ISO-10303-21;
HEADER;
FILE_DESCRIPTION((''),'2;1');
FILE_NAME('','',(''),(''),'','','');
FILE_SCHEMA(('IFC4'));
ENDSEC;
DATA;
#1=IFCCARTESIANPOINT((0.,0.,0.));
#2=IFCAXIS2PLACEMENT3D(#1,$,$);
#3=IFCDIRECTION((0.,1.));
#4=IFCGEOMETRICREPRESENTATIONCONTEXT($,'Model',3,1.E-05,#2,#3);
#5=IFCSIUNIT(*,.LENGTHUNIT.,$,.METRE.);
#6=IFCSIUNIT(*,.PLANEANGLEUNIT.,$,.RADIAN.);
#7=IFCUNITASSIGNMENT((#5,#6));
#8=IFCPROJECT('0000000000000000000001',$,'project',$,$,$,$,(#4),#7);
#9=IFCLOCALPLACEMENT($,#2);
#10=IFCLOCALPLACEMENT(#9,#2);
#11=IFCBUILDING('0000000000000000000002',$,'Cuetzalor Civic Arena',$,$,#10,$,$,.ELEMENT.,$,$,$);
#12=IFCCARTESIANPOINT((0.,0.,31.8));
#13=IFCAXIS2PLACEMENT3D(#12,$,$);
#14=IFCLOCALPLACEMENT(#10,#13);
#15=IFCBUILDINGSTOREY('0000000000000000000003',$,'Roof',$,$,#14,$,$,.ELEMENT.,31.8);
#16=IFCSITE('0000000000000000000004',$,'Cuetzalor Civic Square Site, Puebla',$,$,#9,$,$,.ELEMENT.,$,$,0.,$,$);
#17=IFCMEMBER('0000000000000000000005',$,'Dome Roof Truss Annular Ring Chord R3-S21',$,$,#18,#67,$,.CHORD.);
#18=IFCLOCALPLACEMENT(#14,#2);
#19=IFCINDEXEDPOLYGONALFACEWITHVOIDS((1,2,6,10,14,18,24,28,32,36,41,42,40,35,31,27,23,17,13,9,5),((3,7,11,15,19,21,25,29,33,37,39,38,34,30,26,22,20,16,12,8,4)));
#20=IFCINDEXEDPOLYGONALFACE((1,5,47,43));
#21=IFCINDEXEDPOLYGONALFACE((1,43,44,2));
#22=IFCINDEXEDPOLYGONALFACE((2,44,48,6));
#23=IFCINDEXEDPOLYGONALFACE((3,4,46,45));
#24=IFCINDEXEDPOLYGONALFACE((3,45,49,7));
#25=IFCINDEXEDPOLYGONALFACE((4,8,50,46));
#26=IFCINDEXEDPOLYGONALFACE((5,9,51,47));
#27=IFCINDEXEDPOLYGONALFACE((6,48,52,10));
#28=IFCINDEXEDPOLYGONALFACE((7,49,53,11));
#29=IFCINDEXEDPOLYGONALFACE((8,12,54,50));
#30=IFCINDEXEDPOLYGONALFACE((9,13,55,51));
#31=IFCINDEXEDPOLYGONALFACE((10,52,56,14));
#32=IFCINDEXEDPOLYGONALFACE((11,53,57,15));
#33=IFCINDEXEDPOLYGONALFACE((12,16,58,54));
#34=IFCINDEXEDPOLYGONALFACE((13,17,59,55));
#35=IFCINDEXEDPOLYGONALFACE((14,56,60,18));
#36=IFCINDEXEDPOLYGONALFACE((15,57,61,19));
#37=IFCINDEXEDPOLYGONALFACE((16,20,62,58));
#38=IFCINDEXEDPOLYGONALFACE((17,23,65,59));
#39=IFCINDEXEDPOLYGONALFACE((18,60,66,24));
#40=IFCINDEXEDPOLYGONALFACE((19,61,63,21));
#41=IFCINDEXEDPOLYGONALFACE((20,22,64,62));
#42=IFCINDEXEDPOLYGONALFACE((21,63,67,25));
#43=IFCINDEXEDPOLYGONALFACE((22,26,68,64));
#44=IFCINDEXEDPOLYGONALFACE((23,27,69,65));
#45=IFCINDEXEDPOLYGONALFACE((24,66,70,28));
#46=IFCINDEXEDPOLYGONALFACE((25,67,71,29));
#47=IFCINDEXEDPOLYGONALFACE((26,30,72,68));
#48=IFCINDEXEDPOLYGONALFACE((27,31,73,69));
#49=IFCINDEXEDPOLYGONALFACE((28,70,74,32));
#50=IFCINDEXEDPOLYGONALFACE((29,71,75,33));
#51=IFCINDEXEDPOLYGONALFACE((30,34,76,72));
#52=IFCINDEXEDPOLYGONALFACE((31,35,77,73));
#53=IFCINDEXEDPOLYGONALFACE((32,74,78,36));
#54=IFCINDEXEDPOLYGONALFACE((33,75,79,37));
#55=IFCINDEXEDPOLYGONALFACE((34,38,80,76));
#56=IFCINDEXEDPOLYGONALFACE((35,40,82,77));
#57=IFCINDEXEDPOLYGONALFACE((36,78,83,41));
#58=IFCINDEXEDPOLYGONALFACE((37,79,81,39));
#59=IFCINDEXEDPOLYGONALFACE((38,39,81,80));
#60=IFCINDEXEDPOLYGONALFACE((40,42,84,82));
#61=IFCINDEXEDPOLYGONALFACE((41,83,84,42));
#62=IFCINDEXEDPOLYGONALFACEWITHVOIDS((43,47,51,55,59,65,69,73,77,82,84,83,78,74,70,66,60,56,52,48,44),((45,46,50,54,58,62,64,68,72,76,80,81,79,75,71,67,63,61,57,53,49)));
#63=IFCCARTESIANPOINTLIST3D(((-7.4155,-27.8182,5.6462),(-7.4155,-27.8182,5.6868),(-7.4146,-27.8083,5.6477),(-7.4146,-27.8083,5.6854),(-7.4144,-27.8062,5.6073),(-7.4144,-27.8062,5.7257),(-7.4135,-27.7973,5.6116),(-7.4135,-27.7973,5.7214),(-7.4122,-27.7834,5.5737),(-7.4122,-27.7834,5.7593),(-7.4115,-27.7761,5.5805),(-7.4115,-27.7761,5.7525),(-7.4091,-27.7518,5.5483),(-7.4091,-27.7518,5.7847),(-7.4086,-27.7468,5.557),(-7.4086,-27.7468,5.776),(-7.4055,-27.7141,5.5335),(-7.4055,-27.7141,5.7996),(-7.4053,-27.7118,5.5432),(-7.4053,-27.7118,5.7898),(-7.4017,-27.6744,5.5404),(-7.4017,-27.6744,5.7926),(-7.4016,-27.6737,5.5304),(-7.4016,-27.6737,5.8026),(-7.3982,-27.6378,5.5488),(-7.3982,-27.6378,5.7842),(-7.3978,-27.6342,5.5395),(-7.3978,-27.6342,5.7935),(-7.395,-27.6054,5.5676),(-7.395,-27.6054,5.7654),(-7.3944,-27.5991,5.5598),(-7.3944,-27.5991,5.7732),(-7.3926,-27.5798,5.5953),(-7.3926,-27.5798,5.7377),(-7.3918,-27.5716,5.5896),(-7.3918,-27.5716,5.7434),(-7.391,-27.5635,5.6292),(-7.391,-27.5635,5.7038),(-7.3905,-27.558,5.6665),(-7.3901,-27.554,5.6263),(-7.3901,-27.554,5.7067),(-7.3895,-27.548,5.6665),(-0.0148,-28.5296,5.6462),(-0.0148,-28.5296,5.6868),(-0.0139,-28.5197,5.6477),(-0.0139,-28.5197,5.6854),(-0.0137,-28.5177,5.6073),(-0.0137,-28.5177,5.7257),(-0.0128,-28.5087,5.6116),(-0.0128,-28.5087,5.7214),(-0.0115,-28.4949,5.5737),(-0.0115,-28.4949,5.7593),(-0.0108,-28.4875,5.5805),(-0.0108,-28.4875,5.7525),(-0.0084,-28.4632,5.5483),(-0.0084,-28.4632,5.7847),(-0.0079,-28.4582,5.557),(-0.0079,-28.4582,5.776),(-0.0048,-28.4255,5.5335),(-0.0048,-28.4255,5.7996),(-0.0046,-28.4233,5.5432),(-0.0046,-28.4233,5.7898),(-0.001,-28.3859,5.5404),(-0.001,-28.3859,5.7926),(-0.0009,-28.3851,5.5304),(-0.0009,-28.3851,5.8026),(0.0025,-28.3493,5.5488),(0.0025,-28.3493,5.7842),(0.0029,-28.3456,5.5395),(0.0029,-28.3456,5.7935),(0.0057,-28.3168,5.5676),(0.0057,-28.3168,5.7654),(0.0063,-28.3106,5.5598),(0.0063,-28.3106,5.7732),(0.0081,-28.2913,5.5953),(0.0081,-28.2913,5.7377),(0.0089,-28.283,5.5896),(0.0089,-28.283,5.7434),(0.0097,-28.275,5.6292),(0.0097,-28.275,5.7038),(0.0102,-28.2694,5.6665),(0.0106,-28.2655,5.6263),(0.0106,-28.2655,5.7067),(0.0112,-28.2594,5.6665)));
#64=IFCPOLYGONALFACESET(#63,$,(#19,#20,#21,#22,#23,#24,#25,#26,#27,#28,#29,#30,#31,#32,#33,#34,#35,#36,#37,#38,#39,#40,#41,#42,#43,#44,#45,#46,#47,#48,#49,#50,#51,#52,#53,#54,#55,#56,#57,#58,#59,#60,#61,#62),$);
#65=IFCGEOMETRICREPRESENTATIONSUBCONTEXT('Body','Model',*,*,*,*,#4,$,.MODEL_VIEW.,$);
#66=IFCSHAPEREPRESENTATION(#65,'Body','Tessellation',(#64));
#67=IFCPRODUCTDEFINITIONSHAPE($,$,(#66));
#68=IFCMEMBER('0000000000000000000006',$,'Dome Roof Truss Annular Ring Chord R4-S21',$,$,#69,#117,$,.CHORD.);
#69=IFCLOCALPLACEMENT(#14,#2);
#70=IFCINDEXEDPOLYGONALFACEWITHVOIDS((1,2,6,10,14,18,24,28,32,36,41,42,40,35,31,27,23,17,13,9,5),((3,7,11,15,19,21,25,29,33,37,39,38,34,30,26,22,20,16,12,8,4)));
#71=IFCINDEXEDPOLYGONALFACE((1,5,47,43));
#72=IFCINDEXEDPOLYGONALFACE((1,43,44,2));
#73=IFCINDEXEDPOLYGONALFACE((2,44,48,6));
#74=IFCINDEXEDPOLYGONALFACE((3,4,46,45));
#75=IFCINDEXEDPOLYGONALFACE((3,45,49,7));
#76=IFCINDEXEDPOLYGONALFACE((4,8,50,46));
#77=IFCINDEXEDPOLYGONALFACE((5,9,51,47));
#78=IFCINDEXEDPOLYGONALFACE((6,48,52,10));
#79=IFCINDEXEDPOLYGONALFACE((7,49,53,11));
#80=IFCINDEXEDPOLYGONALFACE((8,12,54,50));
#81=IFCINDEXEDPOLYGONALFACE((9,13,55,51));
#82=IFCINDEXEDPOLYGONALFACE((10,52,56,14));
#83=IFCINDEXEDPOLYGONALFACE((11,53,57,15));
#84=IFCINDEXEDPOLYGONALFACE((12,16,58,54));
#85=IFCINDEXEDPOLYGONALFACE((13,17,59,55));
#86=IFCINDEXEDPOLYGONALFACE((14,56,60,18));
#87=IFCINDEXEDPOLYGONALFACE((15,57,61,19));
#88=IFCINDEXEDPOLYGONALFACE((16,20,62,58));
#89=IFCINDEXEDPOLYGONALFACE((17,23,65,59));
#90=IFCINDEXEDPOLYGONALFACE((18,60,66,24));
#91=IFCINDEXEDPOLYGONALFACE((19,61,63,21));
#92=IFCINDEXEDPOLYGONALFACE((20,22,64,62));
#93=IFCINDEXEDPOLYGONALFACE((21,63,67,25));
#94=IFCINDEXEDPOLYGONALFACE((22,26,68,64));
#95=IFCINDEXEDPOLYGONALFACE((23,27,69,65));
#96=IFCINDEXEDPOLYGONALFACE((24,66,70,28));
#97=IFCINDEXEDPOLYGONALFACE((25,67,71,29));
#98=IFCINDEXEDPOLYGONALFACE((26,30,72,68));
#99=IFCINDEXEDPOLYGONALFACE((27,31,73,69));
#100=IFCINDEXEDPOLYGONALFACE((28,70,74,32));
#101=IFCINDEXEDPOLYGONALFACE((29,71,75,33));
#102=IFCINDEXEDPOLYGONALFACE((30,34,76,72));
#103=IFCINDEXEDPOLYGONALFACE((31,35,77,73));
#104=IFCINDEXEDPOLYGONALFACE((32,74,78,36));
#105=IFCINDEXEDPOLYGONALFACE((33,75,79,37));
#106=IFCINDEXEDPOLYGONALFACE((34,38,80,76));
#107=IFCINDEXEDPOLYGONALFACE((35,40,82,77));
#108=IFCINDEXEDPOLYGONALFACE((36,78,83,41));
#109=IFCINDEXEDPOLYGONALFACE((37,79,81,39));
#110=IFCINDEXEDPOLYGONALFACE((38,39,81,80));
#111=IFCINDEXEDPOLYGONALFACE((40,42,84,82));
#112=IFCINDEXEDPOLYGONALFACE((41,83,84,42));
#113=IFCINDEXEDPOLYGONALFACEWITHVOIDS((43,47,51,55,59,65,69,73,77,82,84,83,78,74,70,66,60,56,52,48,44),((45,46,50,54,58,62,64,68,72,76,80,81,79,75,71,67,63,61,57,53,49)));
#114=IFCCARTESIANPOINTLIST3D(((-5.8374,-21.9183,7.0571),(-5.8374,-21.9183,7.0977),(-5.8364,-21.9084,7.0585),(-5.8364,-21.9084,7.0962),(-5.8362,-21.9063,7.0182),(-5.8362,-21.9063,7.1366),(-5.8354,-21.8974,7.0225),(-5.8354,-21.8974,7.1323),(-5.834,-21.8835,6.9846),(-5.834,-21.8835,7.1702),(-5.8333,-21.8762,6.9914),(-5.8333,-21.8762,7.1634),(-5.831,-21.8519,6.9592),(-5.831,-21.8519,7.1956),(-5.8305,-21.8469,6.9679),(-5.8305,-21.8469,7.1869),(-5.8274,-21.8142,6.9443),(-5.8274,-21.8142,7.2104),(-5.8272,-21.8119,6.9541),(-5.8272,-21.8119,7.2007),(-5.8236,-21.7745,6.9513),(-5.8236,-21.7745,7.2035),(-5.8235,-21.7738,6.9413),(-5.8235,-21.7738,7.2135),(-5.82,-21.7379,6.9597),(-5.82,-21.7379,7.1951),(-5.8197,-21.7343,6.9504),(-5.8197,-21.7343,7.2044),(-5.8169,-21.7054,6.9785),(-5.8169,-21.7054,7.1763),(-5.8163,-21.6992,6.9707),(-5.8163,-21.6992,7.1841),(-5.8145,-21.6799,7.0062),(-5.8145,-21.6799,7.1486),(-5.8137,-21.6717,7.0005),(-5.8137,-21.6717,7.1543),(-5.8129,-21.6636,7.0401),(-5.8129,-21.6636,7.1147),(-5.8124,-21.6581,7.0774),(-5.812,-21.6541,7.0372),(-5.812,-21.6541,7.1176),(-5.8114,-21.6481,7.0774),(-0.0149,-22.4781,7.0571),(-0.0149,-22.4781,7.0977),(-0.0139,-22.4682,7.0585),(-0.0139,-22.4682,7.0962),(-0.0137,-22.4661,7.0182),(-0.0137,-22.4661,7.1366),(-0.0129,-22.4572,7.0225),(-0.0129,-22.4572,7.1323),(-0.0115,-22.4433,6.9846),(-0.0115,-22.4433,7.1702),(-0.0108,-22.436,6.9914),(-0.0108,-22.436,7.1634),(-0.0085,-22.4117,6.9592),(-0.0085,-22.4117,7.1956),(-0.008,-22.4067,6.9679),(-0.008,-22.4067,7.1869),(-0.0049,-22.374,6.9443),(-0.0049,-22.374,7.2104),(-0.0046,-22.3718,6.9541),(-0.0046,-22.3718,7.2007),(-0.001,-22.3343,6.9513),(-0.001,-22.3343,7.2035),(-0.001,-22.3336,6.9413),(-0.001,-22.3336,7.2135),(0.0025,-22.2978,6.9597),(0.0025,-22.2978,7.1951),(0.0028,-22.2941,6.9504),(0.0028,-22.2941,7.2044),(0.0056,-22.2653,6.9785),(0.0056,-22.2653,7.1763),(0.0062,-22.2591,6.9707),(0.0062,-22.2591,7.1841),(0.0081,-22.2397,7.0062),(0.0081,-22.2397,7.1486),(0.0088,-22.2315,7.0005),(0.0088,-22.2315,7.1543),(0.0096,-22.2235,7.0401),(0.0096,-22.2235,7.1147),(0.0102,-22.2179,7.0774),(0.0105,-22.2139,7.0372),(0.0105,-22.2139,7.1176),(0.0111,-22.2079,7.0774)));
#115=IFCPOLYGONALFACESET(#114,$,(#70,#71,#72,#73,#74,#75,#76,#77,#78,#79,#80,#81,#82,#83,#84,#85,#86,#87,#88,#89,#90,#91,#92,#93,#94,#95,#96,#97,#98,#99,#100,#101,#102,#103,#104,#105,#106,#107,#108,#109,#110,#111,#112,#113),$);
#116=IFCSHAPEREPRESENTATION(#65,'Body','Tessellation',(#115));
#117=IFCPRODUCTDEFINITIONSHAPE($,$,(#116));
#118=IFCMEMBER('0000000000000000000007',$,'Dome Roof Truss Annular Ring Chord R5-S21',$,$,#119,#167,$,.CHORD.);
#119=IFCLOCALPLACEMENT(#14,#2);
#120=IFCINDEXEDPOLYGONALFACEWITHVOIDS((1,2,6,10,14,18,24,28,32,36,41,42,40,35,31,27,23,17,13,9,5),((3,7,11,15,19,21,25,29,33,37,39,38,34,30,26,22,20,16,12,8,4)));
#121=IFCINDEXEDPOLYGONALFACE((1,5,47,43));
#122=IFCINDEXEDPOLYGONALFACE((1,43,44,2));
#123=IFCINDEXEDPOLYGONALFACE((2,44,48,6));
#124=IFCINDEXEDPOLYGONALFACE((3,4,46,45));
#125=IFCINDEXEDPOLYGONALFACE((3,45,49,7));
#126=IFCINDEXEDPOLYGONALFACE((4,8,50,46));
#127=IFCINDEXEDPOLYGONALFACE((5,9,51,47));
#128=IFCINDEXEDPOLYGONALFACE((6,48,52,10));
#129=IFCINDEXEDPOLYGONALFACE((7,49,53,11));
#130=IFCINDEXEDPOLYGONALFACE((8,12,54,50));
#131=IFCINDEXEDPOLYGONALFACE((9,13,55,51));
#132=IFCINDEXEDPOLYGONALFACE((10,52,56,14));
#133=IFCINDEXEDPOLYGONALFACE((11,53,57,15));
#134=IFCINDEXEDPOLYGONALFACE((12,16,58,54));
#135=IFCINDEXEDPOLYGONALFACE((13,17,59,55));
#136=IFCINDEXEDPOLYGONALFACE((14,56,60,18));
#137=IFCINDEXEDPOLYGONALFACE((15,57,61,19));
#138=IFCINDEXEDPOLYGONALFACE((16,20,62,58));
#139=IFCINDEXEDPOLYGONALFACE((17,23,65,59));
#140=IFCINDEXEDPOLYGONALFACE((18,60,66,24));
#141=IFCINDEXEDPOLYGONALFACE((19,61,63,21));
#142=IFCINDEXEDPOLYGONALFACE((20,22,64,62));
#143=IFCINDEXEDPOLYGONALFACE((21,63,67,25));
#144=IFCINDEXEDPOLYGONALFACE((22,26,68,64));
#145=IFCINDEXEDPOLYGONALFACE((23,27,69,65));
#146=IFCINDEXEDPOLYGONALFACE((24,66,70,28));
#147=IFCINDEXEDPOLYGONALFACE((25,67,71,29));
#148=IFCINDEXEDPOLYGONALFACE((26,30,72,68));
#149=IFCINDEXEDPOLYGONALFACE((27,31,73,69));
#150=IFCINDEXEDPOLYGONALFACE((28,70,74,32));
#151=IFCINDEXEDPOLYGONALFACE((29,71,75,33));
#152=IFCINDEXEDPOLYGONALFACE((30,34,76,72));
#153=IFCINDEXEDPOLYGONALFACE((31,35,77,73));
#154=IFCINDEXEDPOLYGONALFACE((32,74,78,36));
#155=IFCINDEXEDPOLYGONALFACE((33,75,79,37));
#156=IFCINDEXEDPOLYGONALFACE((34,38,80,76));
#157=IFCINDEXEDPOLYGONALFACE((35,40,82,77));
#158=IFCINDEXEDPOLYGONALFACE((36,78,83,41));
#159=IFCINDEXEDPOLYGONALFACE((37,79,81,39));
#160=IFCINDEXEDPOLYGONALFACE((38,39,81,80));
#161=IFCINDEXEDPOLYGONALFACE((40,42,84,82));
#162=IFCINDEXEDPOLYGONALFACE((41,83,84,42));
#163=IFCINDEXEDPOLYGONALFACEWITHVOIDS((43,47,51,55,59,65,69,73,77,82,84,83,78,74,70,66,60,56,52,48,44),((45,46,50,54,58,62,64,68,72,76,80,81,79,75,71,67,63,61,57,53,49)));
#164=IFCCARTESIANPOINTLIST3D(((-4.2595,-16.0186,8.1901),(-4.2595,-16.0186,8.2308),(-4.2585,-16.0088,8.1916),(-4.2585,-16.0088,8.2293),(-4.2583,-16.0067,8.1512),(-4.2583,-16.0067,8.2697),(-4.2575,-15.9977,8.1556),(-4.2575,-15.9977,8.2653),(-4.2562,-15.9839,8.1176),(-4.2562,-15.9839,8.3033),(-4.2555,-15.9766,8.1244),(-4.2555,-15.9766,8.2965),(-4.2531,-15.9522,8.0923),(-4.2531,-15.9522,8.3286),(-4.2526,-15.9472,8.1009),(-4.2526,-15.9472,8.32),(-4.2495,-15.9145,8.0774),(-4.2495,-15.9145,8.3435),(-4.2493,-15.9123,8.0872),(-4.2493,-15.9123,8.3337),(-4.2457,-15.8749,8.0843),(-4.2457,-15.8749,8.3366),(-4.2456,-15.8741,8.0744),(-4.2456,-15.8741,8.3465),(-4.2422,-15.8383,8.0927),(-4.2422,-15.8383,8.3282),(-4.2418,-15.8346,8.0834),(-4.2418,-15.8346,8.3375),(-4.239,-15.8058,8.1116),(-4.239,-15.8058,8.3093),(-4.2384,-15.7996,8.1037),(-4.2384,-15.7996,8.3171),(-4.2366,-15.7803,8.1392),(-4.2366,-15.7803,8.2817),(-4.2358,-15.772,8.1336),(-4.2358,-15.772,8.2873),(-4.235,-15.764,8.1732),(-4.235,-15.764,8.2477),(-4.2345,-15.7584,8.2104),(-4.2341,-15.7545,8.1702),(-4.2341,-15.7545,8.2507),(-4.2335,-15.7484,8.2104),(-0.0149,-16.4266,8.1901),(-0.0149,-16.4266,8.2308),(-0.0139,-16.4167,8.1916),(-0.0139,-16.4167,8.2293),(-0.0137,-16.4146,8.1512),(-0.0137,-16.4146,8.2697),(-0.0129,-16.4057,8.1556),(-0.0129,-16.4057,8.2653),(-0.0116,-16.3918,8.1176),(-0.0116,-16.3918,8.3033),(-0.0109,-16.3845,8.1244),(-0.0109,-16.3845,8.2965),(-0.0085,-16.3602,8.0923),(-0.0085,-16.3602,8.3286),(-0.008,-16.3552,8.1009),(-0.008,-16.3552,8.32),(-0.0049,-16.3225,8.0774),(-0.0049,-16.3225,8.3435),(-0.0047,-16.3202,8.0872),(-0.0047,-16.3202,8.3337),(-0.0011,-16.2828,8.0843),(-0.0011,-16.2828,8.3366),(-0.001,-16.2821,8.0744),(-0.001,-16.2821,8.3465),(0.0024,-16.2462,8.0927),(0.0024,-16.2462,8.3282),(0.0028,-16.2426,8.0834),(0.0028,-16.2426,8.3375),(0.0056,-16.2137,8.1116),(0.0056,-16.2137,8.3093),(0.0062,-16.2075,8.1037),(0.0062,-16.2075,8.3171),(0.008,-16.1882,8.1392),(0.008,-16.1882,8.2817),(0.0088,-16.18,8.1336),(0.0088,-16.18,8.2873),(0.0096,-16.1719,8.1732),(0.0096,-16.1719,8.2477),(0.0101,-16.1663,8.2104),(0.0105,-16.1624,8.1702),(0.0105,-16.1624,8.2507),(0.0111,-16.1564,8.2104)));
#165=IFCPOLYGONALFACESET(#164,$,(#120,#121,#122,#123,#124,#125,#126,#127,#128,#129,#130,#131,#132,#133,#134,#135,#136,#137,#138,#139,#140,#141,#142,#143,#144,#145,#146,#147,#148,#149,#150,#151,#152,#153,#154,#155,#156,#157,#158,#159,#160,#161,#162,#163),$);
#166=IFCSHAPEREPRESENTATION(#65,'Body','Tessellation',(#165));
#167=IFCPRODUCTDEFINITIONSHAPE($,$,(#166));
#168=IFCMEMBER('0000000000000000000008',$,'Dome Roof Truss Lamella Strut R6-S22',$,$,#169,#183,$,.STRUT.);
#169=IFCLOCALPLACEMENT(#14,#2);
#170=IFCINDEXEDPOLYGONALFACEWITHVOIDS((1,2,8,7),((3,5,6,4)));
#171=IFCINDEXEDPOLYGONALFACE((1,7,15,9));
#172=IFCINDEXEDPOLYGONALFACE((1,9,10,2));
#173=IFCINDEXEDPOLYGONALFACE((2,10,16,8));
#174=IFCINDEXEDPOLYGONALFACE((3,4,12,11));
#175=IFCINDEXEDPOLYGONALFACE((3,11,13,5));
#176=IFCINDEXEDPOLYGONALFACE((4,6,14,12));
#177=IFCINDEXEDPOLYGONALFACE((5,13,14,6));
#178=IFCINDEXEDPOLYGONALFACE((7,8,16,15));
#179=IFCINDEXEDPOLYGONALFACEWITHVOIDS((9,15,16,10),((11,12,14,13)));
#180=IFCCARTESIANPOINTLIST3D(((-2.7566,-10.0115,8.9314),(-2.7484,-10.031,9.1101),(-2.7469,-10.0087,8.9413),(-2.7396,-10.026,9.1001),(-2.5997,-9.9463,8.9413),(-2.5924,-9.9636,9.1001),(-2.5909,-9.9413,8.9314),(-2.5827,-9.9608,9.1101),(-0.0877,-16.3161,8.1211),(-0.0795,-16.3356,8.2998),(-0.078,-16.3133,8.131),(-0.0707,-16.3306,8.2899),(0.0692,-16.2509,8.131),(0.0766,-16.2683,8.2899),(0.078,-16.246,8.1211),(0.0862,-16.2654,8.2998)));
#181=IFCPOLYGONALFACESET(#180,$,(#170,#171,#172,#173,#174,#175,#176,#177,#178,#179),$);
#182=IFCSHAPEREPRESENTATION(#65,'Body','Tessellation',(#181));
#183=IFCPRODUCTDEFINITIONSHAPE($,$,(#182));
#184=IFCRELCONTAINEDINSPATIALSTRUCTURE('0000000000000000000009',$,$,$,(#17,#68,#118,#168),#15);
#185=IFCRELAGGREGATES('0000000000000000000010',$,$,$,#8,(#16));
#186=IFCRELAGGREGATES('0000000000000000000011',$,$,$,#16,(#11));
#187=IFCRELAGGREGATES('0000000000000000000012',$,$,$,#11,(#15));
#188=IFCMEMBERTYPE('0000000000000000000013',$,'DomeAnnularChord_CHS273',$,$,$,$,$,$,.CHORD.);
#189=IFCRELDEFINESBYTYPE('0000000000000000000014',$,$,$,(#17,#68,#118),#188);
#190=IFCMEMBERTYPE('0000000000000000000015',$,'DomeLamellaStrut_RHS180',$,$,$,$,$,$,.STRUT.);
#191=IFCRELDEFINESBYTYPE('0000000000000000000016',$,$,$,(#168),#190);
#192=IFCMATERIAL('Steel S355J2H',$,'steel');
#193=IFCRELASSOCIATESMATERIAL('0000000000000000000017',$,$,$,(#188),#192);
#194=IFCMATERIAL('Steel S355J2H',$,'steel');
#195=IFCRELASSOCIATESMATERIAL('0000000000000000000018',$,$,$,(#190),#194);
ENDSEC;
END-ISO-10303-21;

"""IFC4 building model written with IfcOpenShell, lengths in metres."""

from ifc_helpers import new_model, si_unit, direction, frame, origin, origin_2d, place, context, subcontext, project, spatial, hollow_rectangle, hollow_circle, extrude, material, material_profile, profile_set, type_object, element, save


model = new_model("IFC4")

# Units and contexts
model_context = context("Model", 3, precision=1e-05, world=origin(), true_north=direction((0.0, 1.0)))
body_context = subcontext(model_context, "Body", "Model", "MODEL_VIEW")
ifc_project = project(units=[si_unit("LENGTHUNIT", "METRE"), si_unit("PLANEANGLEUNIT", "RADIAN")], contexts=[model_context])

# Site, building, storey
site_placement = place(None, origin())
site = spatial("IfcSite", under=ifc_project, at=site_placement, Name="Cuetzalor Civic Square Site, Puebla", CompositionType="ELEMENT", RefElevation=0.0)
building_placement = place(site_placement, origin())
building = spatial("IfcBuilding", under=site, at=building_placement, Name="Cuetzalor Civic Arena", CompositionType="ELEMENT")
storey_placement = place(building_placement, frame((0.0, 0.0, 31.8)))
storey = spatial("IfcBuildingStorey", under=building, at=storey_placement, Name="Roof", CompositionType="ELEMENT", Elevation=31.8)

# Members
ifc_material_1 = material(Name="Steel S355J2H", Category="steel")
ifc_material_profile_1 = material_profile(ifc_material_1, hollow_circle(Radius=0.1365, WallThickness=0.01, at=origin_2d()), Name="CHS 273x10")
ifc_profile_set_1 = profile_set([ifc_material_profile_1], Name="Steel S355J2H")
member_type_1 = type_object("IfcMemberType", Name="DomeAnnularChord_CHS273", PredefinedType="CHORD", material=ifc_profile_set_1)
member_1_placement = place(storey_placement, frame((-7.4026, -27.6838, 5.6665), z_axis=(0.995411, -0.095689, 0.0), x_axis=(0.095689, 0.995411, 0.0)))
element("IfcMember", 1, at=member_1_placement, inside=storey, type_object=member_type_1, Name="Dome Roof Truss Annular Ring Chord R3-S21", PredefinedType="CHORD", context=body_context, shape_type="SweptSolid", body=[
    extrude(hollow_circle(Radius=0.1365, WallThickness=0.01, at=origin_2d()), origin(), (0.0, 0.0, 1.0), 7.4348),
])
member_2_placement = place(storey_placement, frame((-5.8245, -21.7839, 7.0774), z_axis=(0.99541, -0.095705, 0.0), x_axis=(0.095705, 0.99541, 0.0)))
element("IfcMember", 2, at=member_2_placement, inside=storey, type_object=member_type_1, Name="Dome Roof Truss Annular Ring Chord R4-S21", PredefinedType="CHORD", context=body_context, shape_type="SweptSolid", body=[
    extrude(hollow_circle(Radius=0.1365, WallThickness=0.01, at=origin_2d()), origin(), (0.0, 0.0, 1.0), 5.8494),
])
member_3_placement = place(storey_placement, frame((-4.2466, -15.8843, 8.2104), z_axis=(0.995413, -0.095671, 0.0), x_axis=(0.095671, 0.995413, 0.0)))
element("IfcMember", 3, at=member_3_placement, inside=storey, type_object=member_type_1, Name="Dome Roof Truss Annular Ring Chord R5-S21", PredefinedType="CHORD", context=body_context, shape_type="SweptSolid", body=[
    extrude(hollow_circle(Radius=0.1365, WallThickness=0.01, at=origin_2d()), origin(), (0.0, 0.0, 1.0), 4.2642),
])
ifc_material_2 = material(Name="Steel S355J2H", Category="steel")
ifc_material_profile_2 = material_profile(ifc_material_2, hollow_rectangle(XDim=0.1799, YDim=0.1799, WallThickness=0.01, at=origin_2d()), Name="RHS 180x180x10")
ifc_profile_set_2 = profile_set([ifc_material_profile_2], Name="Steel S355J2H")
member_type_2 = type_object("IfcMemberType", Name="DomeLamellaStrut_RHS180", PredefinedType="STRUT", material=ifc_profile_set_2)
member_4_placement = place(storey_placement, frame((-0.0007, -16.2908, 8.2104), z_axis=(-0.387133, 0.914502, 0.117535), x_axis=(-0.920885, -0.389835, 0.0)))
element("IfcMember", 4, at=member_4_placement, inside=storey, type_object=member_type_2, Name="Dome Roof Truss Lamella Strut R6-S22", PredefinedType="STRUT", context=body_context, shape_type="SweptSolid", body=[
    extrude(hollow_rectangle(XDim=0.1799, YDim=0.1799, WallThickness=0.01, at=origin_2d()), origin(), (0.0, 0.0, 1.0), 6.894),
])

save(model, "model.ifc")
